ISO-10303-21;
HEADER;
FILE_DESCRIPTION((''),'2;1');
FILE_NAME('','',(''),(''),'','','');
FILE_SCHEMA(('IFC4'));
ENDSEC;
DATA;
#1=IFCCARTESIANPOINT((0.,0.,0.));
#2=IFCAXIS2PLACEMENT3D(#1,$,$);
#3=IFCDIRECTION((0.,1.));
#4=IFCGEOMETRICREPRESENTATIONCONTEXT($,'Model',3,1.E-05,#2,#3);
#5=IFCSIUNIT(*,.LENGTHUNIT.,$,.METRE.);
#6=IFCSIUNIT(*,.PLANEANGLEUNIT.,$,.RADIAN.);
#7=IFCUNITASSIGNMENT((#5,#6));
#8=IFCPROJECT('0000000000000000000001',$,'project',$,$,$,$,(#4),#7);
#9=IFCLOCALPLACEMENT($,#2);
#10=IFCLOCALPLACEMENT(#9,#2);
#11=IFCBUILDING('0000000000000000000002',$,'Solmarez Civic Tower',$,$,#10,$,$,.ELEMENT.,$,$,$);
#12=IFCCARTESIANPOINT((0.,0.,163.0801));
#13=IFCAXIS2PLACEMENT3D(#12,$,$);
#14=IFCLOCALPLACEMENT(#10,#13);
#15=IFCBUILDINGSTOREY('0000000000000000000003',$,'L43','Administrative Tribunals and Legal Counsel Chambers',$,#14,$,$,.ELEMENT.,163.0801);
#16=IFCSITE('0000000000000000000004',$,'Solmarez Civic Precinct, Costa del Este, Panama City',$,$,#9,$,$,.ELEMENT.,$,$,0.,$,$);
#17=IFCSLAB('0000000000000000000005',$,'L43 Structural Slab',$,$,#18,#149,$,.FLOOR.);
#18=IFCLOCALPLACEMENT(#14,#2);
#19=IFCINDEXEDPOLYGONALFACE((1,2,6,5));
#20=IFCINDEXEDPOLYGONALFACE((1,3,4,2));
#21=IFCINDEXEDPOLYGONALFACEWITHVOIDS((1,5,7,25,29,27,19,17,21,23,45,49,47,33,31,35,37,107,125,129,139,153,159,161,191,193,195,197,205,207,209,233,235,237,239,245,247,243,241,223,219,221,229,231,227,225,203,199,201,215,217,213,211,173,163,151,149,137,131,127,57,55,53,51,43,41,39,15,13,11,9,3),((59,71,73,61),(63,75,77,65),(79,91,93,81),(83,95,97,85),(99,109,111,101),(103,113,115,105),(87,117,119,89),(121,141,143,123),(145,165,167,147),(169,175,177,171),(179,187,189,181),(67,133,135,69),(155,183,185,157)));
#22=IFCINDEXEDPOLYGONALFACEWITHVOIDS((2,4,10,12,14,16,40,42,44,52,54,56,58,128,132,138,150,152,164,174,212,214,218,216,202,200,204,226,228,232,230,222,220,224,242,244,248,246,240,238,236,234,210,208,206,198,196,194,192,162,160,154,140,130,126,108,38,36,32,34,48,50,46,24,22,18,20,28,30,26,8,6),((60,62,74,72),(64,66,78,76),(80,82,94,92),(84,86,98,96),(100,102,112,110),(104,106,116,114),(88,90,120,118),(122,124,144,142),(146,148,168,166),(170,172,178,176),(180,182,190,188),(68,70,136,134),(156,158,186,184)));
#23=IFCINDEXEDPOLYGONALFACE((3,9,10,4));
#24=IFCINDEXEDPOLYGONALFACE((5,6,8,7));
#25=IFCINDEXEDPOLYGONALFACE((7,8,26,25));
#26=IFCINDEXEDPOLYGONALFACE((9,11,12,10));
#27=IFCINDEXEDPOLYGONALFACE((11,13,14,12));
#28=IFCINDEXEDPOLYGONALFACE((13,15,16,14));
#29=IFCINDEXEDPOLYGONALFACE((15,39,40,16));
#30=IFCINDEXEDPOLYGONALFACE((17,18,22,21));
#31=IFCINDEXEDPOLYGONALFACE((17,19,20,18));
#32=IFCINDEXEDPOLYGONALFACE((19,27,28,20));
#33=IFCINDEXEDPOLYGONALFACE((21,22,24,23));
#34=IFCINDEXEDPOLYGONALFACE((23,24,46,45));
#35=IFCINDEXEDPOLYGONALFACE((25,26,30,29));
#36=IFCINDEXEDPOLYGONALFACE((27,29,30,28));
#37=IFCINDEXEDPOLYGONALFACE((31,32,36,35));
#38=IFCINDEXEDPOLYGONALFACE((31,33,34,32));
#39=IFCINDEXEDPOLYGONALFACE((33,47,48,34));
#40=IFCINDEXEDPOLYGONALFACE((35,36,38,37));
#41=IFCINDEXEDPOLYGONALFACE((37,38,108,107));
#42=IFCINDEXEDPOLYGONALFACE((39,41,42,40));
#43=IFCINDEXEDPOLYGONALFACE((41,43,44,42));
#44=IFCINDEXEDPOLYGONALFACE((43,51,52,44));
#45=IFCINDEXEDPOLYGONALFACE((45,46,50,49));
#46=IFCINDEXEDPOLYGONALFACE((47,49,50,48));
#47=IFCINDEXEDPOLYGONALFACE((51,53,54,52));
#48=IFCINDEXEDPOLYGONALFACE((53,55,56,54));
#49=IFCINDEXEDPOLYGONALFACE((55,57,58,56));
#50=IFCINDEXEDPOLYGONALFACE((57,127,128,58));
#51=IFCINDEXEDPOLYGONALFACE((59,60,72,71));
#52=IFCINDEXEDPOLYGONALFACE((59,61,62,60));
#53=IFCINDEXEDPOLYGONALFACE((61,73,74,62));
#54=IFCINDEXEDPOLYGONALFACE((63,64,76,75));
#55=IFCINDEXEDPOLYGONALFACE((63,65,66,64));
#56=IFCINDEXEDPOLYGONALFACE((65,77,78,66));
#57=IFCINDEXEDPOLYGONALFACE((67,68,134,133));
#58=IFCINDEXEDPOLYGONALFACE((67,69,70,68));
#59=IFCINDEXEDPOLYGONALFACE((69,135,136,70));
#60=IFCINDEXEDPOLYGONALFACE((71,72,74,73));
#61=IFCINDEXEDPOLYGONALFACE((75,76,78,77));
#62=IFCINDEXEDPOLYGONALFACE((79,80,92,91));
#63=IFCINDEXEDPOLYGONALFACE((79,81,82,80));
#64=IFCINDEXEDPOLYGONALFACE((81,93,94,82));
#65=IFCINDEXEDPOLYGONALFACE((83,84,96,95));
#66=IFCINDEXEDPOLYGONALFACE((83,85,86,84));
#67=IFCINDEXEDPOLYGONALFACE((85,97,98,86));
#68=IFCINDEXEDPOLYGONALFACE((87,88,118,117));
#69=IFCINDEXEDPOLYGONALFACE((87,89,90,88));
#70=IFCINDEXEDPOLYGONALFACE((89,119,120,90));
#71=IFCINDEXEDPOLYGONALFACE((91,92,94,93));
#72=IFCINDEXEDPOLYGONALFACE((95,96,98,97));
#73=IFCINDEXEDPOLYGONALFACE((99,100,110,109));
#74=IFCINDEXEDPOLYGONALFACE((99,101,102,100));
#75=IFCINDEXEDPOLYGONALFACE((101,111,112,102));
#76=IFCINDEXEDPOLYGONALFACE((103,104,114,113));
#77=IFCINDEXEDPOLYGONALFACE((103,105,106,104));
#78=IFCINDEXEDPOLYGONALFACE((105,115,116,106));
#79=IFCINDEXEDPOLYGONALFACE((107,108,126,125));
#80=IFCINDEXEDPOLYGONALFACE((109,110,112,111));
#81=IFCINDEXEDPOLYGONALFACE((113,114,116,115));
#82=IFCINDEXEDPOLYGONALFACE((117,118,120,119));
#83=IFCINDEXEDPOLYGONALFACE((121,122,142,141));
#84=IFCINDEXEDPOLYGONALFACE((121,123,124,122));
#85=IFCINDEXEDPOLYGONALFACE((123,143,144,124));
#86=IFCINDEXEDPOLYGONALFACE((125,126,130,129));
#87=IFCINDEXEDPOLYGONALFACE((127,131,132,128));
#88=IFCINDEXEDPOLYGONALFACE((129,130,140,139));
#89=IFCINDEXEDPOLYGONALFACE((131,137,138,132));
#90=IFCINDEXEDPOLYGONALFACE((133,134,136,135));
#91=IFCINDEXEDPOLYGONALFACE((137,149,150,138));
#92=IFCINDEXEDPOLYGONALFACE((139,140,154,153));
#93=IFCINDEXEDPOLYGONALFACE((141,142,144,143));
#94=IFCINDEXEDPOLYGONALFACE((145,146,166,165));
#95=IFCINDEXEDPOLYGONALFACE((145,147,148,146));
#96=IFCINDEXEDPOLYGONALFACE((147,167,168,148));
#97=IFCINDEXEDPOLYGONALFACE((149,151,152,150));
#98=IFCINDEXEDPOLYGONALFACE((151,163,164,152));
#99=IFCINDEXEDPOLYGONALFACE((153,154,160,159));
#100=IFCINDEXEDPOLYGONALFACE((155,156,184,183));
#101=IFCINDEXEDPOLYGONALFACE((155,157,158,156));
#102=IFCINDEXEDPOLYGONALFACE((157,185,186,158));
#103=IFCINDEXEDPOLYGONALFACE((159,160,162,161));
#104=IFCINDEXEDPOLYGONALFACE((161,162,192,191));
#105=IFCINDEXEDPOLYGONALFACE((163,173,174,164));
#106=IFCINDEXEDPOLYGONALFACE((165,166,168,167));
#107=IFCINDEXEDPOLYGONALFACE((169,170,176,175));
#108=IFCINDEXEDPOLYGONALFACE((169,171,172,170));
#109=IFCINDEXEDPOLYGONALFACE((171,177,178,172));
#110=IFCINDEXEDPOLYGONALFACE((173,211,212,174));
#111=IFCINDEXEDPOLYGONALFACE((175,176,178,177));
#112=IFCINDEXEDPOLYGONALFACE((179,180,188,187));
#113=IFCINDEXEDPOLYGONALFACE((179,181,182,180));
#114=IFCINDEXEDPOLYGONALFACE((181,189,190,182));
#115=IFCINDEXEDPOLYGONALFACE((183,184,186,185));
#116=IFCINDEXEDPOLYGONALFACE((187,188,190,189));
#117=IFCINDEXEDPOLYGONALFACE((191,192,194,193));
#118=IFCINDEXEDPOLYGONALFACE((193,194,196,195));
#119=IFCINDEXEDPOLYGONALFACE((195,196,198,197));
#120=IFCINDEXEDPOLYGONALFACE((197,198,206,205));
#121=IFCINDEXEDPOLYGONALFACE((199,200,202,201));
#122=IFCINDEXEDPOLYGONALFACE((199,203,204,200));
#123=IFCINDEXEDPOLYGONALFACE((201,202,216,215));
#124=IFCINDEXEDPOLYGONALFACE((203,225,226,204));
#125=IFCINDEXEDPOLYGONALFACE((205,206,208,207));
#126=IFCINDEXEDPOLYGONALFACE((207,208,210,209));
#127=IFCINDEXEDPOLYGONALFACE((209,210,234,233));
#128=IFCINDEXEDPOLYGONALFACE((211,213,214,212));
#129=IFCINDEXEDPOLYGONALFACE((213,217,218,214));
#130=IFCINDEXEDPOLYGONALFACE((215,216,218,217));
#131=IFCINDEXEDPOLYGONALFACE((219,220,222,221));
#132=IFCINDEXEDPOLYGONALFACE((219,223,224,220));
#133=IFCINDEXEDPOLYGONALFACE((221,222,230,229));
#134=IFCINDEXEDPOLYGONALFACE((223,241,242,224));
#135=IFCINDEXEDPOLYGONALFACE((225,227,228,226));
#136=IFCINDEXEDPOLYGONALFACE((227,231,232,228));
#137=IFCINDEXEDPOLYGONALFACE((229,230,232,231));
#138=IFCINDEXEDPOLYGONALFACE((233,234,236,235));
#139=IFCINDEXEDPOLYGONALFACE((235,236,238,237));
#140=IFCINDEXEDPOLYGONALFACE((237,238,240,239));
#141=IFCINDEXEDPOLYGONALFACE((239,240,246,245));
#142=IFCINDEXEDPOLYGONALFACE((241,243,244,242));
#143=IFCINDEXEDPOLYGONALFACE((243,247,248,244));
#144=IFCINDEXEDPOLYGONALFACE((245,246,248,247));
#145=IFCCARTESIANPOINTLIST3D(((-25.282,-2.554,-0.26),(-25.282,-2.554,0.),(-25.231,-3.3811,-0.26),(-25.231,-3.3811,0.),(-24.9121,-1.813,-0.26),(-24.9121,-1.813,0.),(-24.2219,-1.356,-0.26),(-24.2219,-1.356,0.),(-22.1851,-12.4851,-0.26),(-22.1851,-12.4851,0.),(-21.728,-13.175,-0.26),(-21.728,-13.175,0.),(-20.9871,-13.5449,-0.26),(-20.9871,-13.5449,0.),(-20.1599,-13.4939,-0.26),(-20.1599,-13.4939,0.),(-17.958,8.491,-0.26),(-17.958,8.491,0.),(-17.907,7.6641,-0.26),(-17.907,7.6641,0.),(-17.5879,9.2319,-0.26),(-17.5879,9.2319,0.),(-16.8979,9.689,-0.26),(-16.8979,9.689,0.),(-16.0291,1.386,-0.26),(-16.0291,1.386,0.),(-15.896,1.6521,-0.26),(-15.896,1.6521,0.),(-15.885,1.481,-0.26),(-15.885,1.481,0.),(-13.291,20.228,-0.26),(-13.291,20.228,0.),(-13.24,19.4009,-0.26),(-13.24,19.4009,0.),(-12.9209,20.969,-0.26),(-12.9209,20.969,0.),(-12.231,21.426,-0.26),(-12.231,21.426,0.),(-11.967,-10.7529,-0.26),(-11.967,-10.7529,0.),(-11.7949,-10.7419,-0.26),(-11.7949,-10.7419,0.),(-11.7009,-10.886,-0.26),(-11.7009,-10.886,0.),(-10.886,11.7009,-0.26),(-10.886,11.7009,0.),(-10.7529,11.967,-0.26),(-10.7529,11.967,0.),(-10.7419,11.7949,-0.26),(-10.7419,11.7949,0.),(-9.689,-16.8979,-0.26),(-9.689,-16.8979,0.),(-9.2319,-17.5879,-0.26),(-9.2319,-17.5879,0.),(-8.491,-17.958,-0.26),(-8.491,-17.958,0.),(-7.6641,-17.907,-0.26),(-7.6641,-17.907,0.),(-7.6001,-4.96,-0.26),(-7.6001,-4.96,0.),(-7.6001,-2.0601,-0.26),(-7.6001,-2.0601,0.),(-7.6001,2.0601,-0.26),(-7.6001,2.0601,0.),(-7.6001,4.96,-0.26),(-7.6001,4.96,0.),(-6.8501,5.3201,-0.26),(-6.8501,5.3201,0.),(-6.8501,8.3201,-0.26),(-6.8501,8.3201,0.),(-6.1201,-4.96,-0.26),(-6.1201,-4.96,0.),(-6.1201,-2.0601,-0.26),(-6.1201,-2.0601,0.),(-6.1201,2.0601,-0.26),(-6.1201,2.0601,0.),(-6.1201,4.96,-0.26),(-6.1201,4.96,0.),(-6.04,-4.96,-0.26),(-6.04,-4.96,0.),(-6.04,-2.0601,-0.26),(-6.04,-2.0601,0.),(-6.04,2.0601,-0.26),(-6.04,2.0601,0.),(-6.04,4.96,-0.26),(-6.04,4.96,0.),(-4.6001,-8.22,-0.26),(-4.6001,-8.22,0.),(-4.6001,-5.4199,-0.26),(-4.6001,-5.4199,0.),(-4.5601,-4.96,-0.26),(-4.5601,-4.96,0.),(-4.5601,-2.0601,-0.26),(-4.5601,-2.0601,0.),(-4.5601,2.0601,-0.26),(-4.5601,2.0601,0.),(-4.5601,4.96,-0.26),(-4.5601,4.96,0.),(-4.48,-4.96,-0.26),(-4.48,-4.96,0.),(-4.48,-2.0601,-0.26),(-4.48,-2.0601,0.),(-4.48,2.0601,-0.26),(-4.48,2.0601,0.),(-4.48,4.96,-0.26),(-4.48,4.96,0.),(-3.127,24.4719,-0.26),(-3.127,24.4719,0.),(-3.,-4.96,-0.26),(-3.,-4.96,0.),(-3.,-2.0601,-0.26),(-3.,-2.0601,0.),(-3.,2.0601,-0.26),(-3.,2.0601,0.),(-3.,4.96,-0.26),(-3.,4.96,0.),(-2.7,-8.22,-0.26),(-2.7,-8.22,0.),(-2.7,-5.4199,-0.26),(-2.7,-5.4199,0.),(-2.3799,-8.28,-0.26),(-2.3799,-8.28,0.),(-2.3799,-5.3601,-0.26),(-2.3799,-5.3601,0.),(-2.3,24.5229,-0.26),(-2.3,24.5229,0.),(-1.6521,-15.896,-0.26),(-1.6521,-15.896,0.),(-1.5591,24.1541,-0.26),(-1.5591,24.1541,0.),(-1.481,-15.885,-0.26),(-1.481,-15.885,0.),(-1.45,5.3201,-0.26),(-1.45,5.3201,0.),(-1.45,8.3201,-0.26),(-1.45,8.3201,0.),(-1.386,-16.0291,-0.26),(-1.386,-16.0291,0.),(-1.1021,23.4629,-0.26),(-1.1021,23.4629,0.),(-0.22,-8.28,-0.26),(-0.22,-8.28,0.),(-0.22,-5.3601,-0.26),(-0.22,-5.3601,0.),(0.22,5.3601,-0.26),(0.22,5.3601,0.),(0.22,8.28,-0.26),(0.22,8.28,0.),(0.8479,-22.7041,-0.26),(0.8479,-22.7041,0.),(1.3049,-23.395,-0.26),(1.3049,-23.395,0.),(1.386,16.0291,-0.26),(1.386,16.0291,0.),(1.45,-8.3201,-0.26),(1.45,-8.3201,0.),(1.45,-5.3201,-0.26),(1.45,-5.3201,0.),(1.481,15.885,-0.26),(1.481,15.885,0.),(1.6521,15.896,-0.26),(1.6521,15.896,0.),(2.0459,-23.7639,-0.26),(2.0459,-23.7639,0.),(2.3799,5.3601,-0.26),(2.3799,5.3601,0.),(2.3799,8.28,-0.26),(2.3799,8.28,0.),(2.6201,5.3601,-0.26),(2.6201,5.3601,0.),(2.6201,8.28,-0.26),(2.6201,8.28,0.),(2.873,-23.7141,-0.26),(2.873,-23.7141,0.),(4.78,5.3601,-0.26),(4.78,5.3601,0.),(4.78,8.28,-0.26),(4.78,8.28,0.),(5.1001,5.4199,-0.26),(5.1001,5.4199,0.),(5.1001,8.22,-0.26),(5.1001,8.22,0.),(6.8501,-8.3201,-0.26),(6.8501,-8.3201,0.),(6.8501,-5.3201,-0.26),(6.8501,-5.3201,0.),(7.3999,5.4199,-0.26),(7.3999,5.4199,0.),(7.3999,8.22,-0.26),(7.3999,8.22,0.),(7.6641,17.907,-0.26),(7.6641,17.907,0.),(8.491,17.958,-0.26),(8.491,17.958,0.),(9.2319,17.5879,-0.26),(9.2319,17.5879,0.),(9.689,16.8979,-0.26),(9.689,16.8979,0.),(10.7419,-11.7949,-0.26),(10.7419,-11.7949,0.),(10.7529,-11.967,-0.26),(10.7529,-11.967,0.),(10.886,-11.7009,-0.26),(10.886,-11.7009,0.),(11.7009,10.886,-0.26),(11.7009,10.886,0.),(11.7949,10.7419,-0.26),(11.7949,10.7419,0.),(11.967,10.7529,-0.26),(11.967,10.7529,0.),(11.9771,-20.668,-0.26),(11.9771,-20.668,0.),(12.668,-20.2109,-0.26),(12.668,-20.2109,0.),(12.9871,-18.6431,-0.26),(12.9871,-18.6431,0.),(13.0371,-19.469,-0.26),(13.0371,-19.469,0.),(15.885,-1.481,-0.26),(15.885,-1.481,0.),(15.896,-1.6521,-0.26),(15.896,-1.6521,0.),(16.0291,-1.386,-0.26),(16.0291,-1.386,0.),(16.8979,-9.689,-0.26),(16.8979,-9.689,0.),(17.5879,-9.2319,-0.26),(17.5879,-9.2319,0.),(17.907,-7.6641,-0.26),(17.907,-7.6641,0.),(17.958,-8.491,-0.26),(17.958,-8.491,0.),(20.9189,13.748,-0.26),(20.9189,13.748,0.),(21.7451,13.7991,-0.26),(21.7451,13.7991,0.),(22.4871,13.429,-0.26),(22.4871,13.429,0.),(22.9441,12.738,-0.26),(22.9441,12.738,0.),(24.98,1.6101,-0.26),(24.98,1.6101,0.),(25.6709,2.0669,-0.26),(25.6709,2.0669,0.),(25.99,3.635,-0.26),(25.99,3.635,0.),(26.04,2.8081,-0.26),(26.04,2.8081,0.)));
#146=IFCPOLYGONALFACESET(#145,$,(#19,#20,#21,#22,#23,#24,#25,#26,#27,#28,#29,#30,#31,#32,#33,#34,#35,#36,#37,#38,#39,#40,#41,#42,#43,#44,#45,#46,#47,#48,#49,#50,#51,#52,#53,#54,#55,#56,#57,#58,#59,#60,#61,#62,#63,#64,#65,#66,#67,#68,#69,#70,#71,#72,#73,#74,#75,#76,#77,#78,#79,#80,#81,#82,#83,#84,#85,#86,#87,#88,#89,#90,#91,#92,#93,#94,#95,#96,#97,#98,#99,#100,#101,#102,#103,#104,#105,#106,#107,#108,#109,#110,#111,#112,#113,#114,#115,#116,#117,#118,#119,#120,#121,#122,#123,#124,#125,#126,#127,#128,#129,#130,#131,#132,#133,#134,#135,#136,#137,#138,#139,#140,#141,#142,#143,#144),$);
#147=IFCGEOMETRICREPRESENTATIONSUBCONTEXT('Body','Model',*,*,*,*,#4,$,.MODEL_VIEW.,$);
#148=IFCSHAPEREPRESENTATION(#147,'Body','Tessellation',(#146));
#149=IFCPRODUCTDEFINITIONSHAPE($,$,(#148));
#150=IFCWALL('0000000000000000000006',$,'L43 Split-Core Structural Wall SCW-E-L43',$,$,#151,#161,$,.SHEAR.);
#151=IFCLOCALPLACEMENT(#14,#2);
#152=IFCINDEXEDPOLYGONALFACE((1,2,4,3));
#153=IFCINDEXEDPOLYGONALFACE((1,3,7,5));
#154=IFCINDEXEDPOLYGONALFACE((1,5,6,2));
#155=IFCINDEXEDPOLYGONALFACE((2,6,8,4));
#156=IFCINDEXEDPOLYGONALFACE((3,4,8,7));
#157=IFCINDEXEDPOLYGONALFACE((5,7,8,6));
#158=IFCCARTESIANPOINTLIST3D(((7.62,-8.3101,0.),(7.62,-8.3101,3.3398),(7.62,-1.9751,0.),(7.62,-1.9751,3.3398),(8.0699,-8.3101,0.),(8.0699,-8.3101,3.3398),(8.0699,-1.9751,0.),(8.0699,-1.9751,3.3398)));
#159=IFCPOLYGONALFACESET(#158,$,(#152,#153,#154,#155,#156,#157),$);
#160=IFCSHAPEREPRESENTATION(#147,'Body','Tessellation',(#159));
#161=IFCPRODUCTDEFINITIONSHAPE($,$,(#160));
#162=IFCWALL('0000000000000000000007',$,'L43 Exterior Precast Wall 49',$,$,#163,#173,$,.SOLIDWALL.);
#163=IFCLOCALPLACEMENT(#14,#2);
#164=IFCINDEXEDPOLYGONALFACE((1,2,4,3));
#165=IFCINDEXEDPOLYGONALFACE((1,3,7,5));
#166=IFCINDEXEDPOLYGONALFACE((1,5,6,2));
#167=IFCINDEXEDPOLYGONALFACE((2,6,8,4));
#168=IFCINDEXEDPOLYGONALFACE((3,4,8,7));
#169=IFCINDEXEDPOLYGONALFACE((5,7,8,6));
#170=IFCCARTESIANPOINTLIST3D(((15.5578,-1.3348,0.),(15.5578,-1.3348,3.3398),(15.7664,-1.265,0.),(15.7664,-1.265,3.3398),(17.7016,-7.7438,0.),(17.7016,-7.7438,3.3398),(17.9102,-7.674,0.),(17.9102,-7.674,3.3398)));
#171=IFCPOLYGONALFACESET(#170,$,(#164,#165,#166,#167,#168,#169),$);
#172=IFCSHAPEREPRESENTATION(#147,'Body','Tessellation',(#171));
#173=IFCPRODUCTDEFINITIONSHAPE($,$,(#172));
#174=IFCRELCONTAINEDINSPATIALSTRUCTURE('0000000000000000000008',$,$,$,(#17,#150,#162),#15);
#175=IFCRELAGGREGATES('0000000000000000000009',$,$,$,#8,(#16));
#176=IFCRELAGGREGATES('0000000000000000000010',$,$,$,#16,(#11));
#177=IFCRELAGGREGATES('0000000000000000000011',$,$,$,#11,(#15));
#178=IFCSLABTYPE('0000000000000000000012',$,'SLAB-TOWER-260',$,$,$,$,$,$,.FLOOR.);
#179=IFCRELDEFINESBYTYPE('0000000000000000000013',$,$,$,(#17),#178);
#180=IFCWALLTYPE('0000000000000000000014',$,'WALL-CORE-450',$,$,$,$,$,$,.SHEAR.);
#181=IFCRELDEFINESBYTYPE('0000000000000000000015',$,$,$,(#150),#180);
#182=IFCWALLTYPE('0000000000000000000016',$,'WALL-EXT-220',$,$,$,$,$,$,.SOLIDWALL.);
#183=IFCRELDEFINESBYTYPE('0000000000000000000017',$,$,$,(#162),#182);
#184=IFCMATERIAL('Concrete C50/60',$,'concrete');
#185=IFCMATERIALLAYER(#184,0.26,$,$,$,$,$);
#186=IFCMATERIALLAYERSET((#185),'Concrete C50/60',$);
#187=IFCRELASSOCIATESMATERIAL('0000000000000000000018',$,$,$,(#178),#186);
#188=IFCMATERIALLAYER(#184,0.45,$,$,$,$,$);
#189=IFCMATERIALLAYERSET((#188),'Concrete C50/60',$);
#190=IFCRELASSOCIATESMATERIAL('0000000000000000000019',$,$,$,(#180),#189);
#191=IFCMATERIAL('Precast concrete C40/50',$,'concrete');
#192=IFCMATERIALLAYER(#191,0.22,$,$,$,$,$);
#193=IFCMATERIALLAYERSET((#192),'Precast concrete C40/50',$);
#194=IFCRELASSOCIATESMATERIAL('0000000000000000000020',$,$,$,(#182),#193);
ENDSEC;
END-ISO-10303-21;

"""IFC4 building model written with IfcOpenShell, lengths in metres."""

from ifc_helpers import new_model, si_unit, direction, frame, frame_2d, origin, place, context, subcontext, project, spatial, polyline, rectangle, outline, extrude, material, layer, layer_set, type_object, element, save


model = new_model("IFC4")

# Units and contexts
model_context = context("Model", 3, precision=1e-05, world=origin(), true_north=direction((0.0, 1.0)))
body_context = subcontext(model_context, "Body", "Model", "MODEL_VIEW")
ifc_project = project(units=[si_unit("LENGTHUNIT", "METRE"), si_unit("PLANEANGLEUNIT", "RADIAN")], contexts=[model_context])

# Site, building, storey
site_placement = place(None, origin())
site = spatial("IfcSite", under=ifc_project, at=site_placement, Name="Solmarez Civic Precinct, Costa del Este, Panama City", CompositionType="ELEMENT", RefElevation=0.0)
building_placement = place(site_placement, origin())
building = spatial("IfcBuilding", under=site, at=building_placement, Name="Solmarez Civic Tower", CompositionType="ELEMENT")
storey_placement = place(building_placement, frame((0.0, 0.0, 163.0801)))
storey = spatial("IfcBuildingStorey", under=building, at=storey_placement, Name="L43", Description="Administrative Tribunals and Legal Counsel Chambers", CompositionType="ELEMENT", Elevation=163.0801)

# Shared definitions
ifc_material_1 = material(Name="Concrete C50/60", Category="concrete")

# Slab
ifc_layer_1 = layer(ifc_material_1, 0.26)
ifc_layer_set_1 = layer_set([ifc_layer_1], Name="Concrete C50/60")
slab_type_1 = type_object("IfcSlabType", Name="SLAB-TOWER-260", PredefinedType="FLOOR", material=ifc_layer_set_1)
slab_1_placement = place(storey_placement, frame((0.0, 0.0, -0.26)))
element("IfcSlab", 1, at=slab_1_placement, inside=storey, type_object=slab_type_1, Name="L43 Structural Slab", PredefinedType="FLOOR", context=body_context, shape_type="SweptSolid", body=[
    extrude(outline(polyline([(-11.7009, -10.886), (-9.689, -16.8979), (-9.2319, -17.5879), (-8.491, -17.958), (-7.6641, -17.907), (-1.6521, -15.896), (-1.481, -15.885), (-1.386, -16.0291), (0.8479, -22.7041), (1.3049, -23.395), (2.0459, -23.7639), (2.873, -23.7141), (11.9771, -20.668), (12.668, -20.2109), (13.0371, -19.469), (12.9871, -18.6431), (10.7529, -11.967), (10.7419, -11.7949), (10.886, -11.7009), (16.8979, -9.689), (17.5879, -9.2319), (17.958, -8.491), (17.907, -7.6641), (15.896, -1.6521), (15.885, -1.481), (16.0291, -1.386), (24.98, 1.6101), (25.6709, 2.0669), (26.04, 2.8081), (25.99, 3.635), (22.9441, 12.738), (22.4871, 13.429), (21.7451, 13.7991), (20.9189, 13.748), (11.967, 10.7529), (11.7949, 10.7419), (11.7009, 10.886), (9.689, 16.8979), (9.2319, 17.5879), (8.491, 17.958), (7.6641, 17.907), (1.6521, 15.896), (1.481, 15.885), (1.386, 16.0291), (-1.1021, 23.4629), (-1.5591, 24.1541), (-2.3, 24.5229), (-3.127, 24.4719), (-12.231, 21.426), (-12.9209, 20.969), (-13.291, 20.228), (-13.24, 19.4009), (-10.7529, 11.967), (-10.7419, 11.7949), (-10.886, 11.7009), (-16.8979, 9.689), (-17.5879, 9.2319), (-17.958, 8.491), (-17.907, 7.6641), (-15.896, 1.6521), (-15.885, 1.481), (-16.0291, 1.386), (-24.2219, -1.356), (-24.9121, -1.813), (-25.282, -2.554), (-25.231, -3.3811), (-22.1851, -12.4851), (-21.728, -13.175), (-20.9871, -13.5449), (-20.1599, -13.4939), (-11.967, -10.7529), (-11.7949, -10.7419), (-11.7009, -10.886)]), holes=[polyline([(-1.45, 8.3201), (-6.8501, 8.3201), (-6.8501, 5.3201), (-1.45, 5.3201), (-1.45, 8.3201)]), polyline([(1.45, -8.3201), (6.8501, -8.3201), (6.8501, -5.3201), (1.45, -5.3201), (1.45, -8.3201)]), polyline([(0.22, 5.3601), (2.3799, 5.3601), (2.3799, 8.28), (0.22, 8.28), (0.22, 5.3601)]), polyline([(2.6201, 5.3601), (4.78, 5.3601), (4.78, 8.28), (2.6201, 8.28), (2.6201, 5.3601)]), polyline([(-2.3799, -8.28), (-0.22, -8.28), (-0.22, -5.3601), (-2.3799, -5.3601), (-2.3799, -8.28)]), polyline([(-7.6001, -4.96), (-6.1201, -4.96), (-6.1201, -2.0601), (-7.6001, -2.0601), (-7.6001, -4.96)]), polyline([(-6.04, -4.96), (-4.5601, -4.96), (-4.5601, -2.0601), (-6.04, -2.0601), (-6.04, -4.96)]), polyline([(-4.48, -4.96), (-3.0, -4.96), (-3.0, -2.0601), (-4.48, -2.0601), (-4.48, -4.96)]), polyline([(-7.6001, 2.0601), (-6.1201, 2.0601), (-6.1201, 4.96), (-7.6001, 4.96), (-7.6001, 2.0601)]), polyline([(-6.04, 2.0601), (-4.5601, 2.0601), (-4.5601, 4.96), (-6.04, 4.96), (-6.04, 2.0601)]), polyline([(-4.48, 2.0601), (-3.0, 2.0601), (-3.0, 4.96), (-4.48, 4.96), (-4.48, 2.0601)]), polyline([(5.1001, 5.4199), (7.3999, 5.4199), (7.3999, 8.22), (5.1001, 8.22), (5.1001, 5.4199)]), polyline([(-4.6001, -8.22), (-2.7, -8.22), (-2.7, -5.4199), (-4.6001, -5.4199), (-4.6001, -8.22)])]), origin(), (0.0, 0.0, 1.0), 0.26),
])

# Walls
ifc_layer_2 = layer(ifc_material_1, 0.45)
ifc_layer_set_2 = layer_set([ifc_layer_2], Name="Concrete C50/60")
wall_type_1 = type_object("IfcWallType", Name="WALL-CORE-450", PredefinedType="SHEAR", material=ifc_layer_set_2)
wall_1_placement = place(storey_placement, frame((7.845, -1.9751, 0.0), z_axis=(0.0, 0.0, 1.0), x_axis=(0.0, -1.0, 0.0)))
element("IfcWall", 2, at=wall_1_placement, inside=storey, type_object=wall_type_1, Name="L43 Split-Core Structural Wall SCW-E-L43", PredefinedType="SHEAR", context=body_context, shape_type="SweptSolid", body=[
    extrude(rectangle(XDim=6.335, YDim=0.45, at=frame_2d((3.1675, 0.0))), origin(), (0.0, 0.0, 1.0), 3.3398),
])
ifc_material_2 = material(Name="Precast concrete C40/50", Category="concrete")
ifc_layer_3 = layer(ifc_material_2, 0.22)
ifc_layer_set_3 = layer_set([ifc_layer_3], Name="Precast concrete C40/50")
wall_type_2 = type_object("IfcWallType", Name="WALL-EXT-220", PredefinedType="SOLIDWALL", material=ifc_layer_set_3)
wall_2_placement = place(storey_placement, frame((15.6621, -1.3, 0.0), z_axis=(0.0, 0.0, 1.0), x_axis=(0.317225, -0.94835, 0.0)))
element("IfcWall", 3, at=wall_2_placement, inside=storey, type_object=wall_type_2, Name="L43 Exterior Precast Wall 49", PredefinedType="SOLIDWALL", context=body_context, shape_type="SweptSolid", body=[
    extrude(rectangle(XDim=6.7581, YDim=0.22, at=frame_2d((3.3789, 0.0))), origin(), (0.0, 0.0, 1.0), 3.3398),
])

save(model, "model.ifc")
